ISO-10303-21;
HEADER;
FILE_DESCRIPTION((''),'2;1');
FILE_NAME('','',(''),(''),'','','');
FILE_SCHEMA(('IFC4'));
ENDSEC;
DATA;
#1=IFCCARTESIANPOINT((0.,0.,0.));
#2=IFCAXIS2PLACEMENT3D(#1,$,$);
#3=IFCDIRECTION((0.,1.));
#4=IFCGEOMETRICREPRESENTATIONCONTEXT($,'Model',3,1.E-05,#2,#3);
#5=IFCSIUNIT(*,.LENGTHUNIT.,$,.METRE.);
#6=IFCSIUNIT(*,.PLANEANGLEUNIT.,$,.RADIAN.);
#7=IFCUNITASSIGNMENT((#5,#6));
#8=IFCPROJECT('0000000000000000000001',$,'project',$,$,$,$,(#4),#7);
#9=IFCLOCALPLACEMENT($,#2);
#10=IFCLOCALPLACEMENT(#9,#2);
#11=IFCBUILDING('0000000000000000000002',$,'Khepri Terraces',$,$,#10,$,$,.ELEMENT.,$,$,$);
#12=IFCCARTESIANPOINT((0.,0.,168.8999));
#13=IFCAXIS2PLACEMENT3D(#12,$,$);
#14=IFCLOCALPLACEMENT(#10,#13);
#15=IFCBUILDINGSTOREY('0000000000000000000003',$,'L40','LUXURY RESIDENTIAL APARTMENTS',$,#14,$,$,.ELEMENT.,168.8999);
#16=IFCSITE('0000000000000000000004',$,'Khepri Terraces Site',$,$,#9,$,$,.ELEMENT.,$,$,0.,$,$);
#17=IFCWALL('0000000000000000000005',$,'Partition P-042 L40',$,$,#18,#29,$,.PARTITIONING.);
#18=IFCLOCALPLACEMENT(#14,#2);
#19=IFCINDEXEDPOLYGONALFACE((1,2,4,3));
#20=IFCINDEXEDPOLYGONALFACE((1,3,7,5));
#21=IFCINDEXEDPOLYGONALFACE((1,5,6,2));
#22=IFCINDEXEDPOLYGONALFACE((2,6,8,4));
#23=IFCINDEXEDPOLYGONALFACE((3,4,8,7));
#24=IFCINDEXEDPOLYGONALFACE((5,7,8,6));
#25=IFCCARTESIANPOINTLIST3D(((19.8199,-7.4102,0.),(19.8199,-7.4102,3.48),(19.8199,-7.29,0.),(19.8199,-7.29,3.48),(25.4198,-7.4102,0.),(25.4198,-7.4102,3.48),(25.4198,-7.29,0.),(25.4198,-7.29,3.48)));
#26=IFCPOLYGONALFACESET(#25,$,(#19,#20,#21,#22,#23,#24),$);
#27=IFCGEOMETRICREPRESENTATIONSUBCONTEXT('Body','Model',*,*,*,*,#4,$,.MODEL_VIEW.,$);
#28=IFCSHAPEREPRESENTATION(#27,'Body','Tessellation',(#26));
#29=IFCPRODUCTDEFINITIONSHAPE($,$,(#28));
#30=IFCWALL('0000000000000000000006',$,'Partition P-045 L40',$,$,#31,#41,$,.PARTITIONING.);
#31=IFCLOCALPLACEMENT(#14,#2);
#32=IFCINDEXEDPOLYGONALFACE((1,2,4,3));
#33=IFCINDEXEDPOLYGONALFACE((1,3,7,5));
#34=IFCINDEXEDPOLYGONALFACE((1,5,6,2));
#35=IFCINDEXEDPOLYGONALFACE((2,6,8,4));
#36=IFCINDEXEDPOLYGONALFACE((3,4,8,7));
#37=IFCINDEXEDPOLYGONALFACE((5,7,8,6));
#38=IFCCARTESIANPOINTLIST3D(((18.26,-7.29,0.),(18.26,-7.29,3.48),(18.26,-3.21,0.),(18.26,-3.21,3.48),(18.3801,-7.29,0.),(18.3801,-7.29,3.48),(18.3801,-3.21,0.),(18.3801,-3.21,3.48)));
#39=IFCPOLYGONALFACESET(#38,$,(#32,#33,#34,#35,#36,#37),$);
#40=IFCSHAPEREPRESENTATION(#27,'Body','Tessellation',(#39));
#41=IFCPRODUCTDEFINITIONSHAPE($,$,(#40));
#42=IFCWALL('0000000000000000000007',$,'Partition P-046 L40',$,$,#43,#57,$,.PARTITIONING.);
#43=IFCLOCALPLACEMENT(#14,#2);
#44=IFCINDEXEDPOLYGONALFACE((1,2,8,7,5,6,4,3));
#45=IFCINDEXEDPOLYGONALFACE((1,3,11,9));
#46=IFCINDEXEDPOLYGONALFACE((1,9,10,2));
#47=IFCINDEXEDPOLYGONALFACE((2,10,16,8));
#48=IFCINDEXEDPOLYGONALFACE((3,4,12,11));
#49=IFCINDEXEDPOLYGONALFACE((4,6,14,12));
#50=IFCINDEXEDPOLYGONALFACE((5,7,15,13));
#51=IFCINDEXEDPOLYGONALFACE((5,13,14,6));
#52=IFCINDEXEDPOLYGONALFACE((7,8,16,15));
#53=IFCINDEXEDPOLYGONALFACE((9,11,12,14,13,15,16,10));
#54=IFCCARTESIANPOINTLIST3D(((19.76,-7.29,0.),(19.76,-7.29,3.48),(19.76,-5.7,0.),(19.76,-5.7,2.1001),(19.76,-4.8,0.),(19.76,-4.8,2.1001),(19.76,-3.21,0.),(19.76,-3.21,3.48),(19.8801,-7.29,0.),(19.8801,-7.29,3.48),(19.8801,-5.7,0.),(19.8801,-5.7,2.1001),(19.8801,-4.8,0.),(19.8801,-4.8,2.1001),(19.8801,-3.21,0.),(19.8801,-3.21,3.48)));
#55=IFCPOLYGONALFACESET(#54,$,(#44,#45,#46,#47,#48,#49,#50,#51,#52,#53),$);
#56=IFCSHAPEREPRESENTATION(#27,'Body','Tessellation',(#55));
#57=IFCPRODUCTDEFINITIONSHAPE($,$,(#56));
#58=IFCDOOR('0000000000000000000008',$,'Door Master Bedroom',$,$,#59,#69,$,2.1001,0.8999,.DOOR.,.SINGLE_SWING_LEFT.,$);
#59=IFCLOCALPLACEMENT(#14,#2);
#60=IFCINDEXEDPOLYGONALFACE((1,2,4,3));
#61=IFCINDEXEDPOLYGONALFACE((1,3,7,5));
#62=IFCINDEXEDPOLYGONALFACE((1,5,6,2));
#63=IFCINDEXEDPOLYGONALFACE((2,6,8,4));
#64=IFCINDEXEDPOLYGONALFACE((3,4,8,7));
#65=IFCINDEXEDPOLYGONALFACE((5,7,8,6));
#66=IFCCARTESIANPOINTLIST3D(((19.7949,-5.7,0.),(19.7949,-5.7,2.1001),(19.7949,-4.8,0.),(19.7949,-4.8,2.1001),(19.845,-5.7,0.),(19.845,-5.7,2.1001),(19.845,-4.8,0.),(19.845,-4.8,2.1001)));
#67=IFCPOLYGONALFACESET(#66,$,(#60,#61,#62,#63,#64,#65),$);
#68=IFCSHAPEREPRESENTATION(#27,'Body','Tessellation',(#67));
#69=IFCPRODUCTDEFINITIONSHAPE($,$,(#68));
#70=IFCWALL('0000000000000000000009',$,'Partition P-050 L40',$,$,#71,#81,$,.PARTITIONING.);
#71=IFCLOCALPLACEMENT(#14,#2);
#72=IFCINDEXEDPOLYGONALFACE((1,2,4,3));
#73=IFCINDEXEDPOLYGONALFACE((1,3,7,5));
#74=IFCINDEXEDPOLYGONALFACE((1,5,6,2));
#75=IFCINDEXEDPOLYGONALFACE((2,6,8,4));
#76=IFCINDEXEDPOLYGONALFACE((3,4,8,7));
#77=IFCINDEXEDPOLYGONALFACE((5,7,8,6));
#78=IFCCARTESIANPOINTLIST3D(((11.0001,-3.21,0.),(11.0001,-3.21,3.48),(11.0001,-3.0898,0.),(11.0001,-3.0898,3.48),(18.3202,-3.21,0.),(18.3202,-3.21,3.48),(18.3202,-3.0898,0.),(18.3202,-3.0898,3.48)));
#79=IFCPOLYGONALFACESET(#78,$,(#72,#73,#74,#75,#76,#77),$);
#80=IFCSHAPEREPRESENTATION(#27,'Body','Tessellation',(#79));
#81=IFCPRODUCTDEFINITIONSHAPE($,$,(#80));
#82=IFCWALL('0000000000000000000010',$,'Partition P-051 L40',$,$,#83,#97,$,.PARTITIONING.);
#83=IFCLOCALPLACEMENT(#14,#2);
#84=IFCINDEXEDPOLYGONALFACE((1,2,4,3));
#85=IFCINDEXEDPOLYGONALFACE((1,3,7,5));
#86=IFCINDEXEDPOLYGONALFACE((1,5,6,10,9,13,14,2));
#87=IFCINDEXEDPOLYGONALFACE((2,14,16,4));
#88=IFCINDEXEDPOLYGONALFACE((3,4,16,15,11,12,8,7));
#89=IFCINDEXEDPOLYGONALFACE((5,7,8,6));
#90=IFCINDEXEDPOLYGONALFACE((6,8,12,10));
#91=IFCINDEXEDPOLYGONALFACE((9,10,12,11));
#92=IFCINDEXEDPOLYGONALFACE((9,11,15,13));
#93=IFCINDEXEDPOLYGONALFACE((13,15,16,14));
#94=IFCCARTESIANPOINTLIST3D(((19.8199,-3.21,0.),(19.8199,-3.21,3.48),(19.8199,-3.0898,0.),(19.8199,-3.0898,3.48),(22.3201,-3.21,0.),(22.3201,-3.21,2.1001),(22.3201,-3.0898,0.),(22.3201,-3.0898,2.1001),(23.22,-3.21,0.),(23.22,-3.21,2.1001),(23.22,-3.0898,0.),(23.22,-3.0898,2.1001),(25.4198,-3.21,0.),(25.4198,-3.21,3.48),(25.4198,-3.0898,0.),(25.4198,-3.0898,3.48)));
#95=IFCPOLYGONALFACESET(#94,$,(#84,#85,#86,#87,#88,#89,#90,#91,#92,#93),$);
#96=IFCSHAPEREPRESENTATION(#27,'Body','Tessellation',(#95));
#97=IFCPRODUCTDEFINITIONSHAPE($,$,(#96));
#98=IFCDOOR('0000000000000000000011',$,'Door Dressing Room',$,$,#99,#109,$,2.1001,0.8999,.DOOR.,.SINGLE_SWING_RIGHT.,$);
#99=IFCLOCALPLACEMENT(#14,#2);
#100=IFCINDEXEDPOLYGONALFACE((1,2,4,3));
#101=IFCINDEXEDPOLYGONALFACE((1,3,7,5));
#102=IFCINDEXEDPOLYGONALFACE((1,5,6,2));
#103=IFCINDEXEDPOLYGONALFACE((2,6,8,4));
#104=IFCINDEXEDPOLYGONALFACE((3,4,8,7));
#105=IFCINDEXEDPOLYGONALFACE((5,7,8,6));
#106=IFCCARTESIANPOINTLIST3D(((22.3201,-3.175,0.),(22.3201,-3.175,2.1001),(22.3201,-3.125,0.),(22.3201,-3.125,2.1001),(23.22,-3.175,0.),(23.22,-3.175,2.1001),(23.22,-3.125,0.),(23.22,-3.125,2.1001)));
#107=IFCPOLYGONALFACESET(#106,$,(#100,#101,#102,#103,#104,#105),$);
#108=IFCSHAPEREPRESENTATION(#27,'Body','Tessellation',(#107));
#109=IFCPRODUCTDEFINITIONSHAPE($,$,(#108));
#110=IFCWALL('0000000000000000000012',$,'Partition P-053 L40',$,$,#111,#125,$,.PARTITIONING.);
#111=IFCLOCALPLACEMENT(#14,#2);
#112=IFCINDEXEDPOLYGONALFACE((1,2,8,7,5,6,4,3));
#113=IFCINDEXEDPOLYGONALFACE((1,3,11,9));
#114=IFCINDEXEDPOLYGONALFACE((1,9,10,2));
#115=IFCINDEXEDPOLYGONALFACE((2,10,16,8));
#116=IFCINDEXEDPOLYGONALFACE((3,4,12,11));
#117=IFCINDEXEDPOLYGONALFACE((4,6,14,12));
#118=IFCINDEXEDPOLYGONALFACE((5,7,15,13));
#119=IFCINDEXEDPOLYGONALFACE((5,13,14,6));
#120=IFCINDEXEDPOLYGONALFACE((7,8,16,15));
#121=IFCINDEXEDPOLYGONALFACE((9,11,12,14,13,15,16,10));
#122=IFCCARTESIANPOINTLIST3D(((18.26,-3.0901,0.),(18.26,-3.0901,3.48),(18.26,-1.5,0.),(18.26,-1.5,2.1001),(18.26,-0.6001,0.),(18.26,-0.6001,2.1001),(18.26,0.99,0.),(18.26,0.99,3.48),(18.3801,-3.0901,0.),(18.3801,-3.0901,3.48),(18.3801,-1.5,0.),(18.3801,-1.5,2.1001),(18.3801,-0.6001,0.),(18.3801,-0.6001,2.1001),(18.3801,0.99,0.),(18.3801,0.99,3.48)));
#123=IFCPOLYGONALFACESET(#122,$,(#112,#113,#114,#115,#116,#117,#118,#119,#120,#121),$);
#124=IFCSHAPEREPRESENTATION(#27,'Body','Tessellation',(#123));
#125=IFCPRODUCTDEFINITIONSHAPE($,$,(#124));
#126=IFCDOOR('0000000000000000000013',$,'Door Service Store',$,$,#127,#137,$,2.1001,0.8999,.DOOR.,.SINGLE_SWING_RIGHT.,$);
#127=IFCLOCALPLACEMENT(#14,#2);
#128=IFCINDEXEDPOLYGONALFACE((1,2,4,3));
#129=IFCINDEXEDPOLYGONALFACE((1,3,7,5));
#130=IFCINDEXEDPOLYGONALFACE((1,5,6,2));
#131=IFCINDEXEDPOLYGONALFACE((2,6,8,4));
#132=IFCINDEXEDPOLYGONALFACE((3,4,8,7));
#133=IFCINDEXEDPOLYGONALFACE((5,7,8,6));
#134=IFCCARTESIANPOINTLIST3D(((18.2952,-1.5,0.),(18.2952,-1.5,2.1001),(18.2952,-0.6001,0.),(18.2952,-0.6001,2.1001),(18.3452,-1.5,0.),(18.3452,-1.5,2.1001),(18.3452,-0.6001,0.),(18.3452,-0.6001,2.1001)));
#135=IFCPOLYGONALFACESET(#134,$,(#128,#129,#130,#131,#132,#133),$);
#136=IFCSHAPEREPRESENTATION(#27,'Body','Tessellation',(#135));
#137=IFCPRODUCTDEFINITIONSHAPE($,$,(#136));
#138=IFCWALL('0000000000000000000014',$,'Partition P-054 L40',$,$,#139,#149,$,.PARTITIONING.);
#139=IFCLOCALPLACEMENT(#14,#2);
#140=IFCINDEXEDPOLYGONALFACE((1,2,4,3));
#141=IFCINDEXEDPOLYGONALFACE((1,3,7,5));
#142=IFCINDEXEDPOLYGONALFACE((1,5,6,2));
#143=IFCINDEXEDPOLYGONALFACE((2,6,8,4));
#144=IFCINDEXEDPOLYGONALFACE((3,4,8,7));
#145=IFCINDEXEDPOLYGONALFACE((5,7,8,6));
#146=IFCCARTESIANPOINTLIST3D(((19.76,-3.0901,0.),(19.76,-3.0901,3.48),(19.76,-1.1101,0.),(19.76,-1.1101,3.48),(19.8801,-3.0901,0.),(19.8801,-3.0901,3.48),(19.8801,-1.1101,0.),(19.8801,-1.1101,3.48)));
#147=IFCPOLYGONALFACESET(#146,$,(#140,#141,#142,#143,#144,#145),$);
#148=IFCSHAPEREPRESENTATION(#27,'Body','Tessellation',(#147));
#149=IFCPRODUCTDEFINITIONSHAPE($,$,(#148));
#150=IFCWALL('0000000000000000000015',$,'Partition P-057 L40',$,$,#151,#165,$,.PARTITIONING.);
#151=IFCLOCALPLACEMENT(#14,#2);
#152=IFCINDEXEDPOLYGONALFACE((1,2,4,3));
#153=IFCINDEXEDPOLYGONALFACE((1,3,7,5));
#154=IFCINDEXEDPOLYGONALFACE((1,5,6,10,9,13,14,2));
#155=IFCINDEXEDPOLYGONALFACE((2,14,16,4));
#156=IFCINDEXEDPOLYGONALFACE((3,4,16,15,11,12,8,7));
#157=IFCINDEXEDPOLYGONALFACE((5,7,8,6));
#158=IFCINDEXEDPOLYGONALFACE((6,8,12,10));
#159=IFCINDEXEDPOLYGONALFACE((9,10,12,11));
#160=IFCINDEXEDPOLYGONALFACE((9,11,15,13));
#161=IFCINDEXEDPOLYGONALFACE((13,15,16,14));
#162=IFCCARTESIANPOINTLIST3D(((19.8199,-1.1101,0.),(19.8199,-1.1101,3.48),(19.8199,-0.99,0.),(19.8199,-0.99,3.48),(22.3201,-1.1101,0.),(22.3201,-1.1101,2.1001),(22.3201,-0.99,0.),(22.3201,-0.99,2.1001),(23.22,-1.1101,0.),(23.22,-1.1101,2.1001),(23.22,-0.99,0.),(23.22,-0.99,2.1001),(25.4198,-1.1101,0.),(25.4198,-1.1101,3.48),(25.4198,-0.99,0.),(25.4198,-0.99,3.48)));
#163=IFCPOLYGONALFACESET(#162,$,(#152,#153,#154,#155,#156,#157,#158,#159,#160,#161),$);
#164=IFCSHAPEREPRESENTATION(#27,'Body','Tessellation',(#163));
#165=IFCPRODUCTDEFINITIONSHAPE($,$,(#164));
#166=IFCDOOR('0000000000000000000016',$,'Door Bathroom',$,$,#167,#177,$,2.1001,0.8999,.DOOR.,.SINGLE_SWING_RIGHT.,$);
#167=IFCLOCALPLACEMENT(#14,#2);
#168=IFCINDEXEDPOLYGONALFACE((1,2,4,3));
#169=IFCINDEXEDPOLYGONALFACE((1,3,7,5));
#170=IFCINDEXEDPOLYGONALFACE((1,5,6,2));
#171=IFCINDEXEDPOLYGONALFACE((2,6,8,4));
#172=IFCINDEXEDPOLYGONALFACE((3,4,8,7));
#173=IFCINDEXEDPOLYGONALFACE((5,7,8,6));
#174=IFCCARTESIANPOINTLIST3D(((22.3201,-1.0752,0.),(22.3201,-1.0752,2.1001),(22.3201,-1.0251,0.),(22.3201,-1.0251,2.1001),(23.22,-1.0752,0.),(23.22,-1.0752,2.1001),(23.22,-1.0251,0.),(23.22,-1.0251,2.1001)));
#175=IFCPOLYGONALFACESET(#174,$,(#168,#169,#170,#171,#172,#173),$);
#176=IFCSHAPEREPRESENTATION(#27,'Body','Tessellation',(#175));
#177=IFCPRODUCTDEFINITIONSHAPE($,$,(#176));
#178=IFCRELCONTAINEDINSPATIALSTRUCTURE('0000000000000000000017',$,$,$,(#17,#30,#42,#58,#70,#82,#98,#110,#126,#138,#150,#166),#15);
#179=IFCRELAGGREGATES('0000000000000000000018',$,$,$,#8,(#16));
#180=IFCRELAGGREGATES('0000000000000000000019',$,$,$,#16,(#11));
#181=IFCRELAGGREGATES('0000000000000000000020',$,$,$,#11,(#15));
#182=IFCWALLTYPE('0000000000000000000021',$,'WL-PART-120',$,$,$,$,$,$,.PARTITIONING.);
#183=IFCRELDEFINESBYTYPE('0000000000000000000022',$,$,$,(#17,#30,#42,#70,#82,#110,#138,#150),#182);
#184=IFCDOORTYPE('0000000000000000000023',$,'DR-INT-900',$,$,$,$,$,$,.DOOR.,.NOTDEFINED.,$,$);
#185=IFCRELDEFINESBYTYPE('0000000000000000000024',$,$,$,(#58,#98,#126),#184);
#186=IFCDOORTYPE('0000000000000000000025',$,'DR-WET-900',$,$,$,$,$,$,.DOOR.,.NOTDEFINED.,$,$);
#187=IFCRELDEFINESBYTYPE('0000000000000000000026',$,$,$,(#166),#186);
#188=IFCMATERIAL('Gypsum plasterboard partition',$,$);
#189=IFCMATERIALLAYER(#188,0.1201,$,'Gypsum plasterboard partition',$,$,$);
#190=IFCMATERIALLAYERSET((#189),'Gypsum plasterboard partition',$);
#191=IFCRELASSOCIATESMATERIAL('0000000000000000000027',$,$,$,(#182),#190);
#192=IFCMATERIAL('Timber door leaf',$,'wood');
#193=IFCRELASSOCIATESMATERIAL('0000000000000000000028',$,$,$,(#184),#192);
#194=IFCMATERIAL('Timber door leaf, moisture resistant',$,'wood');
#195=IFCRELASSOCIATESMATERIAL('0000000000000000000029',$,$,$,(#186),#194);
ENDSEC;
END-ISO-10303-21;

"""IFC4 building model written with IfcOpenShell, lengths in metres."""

from ifc_helpers import new_model, si_unit, direction, frame, frame_2d, origin, place, context, subcontext, project, spatial, rectangle, extrude, material, layer, layer_set, type_object, element, fill, save


model = new_model("IFC4")

# Units and contexts
model_context = context("Model", 3, precision=1e-05, world=origin(), true_north=direction((0.0, 1.0)))
body_context = subcontext(model_context, "Body", "Model", "MODEL_VIEW")
ifc_project = project(units=[si_unit("LENGTHUNIT", "METRE"), si_unit("PLANEANGLEUNIT", "RADIAN")], contexts=[model_context])

# Site, building, storey
site_placement = place(None, origin())
site = spatial("IfcSite", under=ifc_project, at=site_placement, Name="Khepri Terraces Site", CompositionType="ELEMENT", RefElevation=0.0)
building_placement = place(site_placement, origin())
building = spatial("IfcBuilding", under=site, at=building_placement, Name="Khepri Terraces", CompositionType="ELEMENT")
storey_placement = place(building_placement, frame((0.0, 0.0, 168.8999)))
storey = spatial("IfcBuildingStorey", under=building, at=storey_placement, Name="L40", Description="LUXURY RESIDENTIAL APARTMENTS", CompositionType="ELEMENT", Elevation=168.8999)

# Shared definitions
ifc_material_1 = material(Name="Gypsum plasterboard partition")
ifc_layer_1 = layer(ifc_material_1, 0.1201, Name="Gypsum plasterboard partition")
ifc_layer_set_1 = layer_set([ifc_layer_1], Name="Gypsum plasterboard partition")
wall_type_1 = type_object("IfcWallType", Name="WL-PART-120", PredefinedType="PARTITIONING", material=ifc_layer_set_1)
ifc_material_2 = material(Name="Timber door leaf", Category="wood")
door_type_1 = type_object("IfcDoorType", Name="DR-INT-900", OperationType="NOTDEFINED", PredefinedType="DOOR", material=ifc_material_2)

# Walls
wall_1_placement = place(storey_placement, frame((19.8201, -7.3501, 0.0), z_axis=(0.0, 0.0, 1.0), x_axis=(1.0, 0.0, 0.0)))
element("IfcWall", 1, at=wall_1_placement, inside=storey, type_object=wall_type_1, Name="Partition P-042 L40", PredefinedType="PARTITIONING", context=body_context, shape_type="SweptSolid", body=[
    extrude(rectangle(XDim=5.5999, YDim=0.1201, at=frame_2d((2.7998, 0.0))), origin(), (0.0, 0.0, 1.0), 3.48),
])
wall_2_placement = place(storey_placement, frame((18.3201, -7.29, 0.0), z_axis=(0.0, 0.0, 1.0), x_axis=(0.0, 1.0, 0.0)))
element("IfcWall", 2, at=wall_2_placement, inside=storey, type_object=wall_type_1, Name="Partition P-045 L40", PredefinedType="PARTITIONING", context=body_context, shape_type="SweptSolid", body=[
    extrude(rectangle(XDim=4.0801, YDim=0.1201, at=frame_2d((2.04, 0.0))), origin(), (0.0, 0.0, 1.0), 3.48),
])

# Wall, opening, door
wall_3_placement = place(storey_placement, frame((19.8201, -7.29, 0.0), z_axis=(0.0, 0.0, 1.0), x_axis=(0.0, 1.0, 0.0)))
wall_3 = element("IfcWall", 3, at=wall_3_placement, inside=storey, type_object=wall_type_1, Name="Partition P-046 L40", PredefinedType="PARTITIONING", context=body_context, shape_type="SweptSolid", body=[
    extrude(rectangle(XDim=4.0801, YDim=0.1201, at=frame_2d((2.04, 0.0))), origin(), (0.0, 0.0, 1.0), 3.48),
])
opening_1_placement = place(wall_3_placement, frame((1.5901, 0.0, 0.0)))
opening_1 = element("IfcOpeningElement", 4, at=opening_1_placement, cuts=wall_3, PredefinedType="OPENING", context=body_context, shape_type="SweptSolid", body=[
    extrude(rectangle(XDim=0.8999, YDim=2.1001, at=frame_2d((0.45, 1.05))), frame((0.0, 0.0701, 0.0), z_axis=(0.0, -1.0, 0.0), x_axis=(1.0, 0.0, 0.0)), (0.0, 0.0, 1.0), 0.1401),
])
door_1_placement = place(opening_1_placement, frame((0.8999, 0.0, 0.0), z_axis=(0.0, 0.0, 1.0), x_axis=(-1.0, 0.0, 0.0)))
door_1 = element("IfcDoor", 5, at=door_1_placement, inside=storey, type_object=door_type_1, Name="Door Master Bedroom", OperationType="SINGLE_SWING_LEFT", OverallHeight=2.1001, OverallWidth=0.8999, PredefinedType="DOOR", context=body_context, shape_type="SweptSolid", body=[
    extrude(rectangle(XDim=0.8999, YDim=2.1001, at=frame_2d((0.45, 1.05))), frame((0.0, 0.0249, 0.0), z_axis=(0.0, -1.0, 0.0), x_axis=(1.0, 0.0, 0.0)), (0.0, 0.0, 1.0), 0.05),
])
fill(opening_1, door_1)

# Wall
wall_4_placement = place(storey_placement, frame((11.0, -3.1499, 0.0), z_axis=(0.0, 0.0, 1.0), x_axis=(1.0, 0.0, 0.0)))
element("IfcWall", 6, at=wall_4_placement, inside=storey, type_object=wall_type_1, Name="Partition P-050 L40", PredefinedType="PARTITIONING", context=body_context, shape_type="SweptSolid", body=[
    extrude(rectangle(XDim=7.3201, YDim=0.1201, at=frame_2d((3.6602, 0.0))), origin(), (0.0, 0.0, 1.0), 3.48),
])

# Walls, openings, doors
wall_5_placement = place(storey_placement, frame((19.8201, -3.1499, 0.0), z_axis=(0.0, 0.0, 1.0), x_axis=(1.0, 0.0, 0.0)))
wall_5 = element("IfcWall", 7, at=wall_5_placement, inside=storey, type_object=wall_type_1, Name="Partition P-051 L40", PredefinedType="PARTITIONING", context=body_context, shape_type="SweptSolid", body=[
    extrude(rectangle(XDim=5.5999, YDim=0.1201, at=frame_2d((2.7998, 0.0))), origin(), (0.0, 0.0, 1.0), 3.48),
])
opening_2_placement = place(wall_5_placement, frame((2.5, 0.0, 0.0)))
opening_2 = element("IfcOpeningElement", 8, at=opening_2_placement, cuts=wall_5, PredefinedType="OPENING", context=body_context, shape_type="SweptSolid", body=[
    extrude(rectangle(XDim=0.8999, YDim=2.1001, at=frame_2d((0.45, 1.05))), frame((0.0, 0.0701, 0.0), z_axis=(0.0, -1.0, 0.0), x_axis=(1.0, 0.0, 0.0)), (0.0, 0.0, 1.0), 0.1401),
])
door_2_placement = place(opening_2_placement, origin())
door_2 = element("IfcDoor", 9, at=door_2_placement, inside=storey, type_object=door_type_1, Name="Door Dressing Room", OperationType="SINGLE_SWING_RIGHT", OverallHeight=2.1001, OverallWidth=0.8999, PredefinedType="DOOR", context=body_context, shape_type="SweptSolid", body=[
    extrude(rectangle(XDim=0.8999, YDim=2.1001, at=frame_2d((0.45, 1.05))), frame((0.0, 0.0249, 0.0), z_axis=(0.0, -1.0, 0.0), x_axis=(1.0, 0.0, 0.0)), (0.0, 0.0, 1.0), 0.05),
])
fill(opening_2, door_2)
wall_6_placement = place(storey_placement, frame((18.3201, -3.0901, 0.0), z_axis=(0.0, 0.0, 1.0), x_axis=(0.0, 1.0, 0.0)))
wall_6 = element("IfcWall", 10, at=wall_6_placement, inside=storey, type_object=wall_type_1, Name="Partition P-053 L40", PredefinedType="PARTITIONING", context=body_context, shape_type="SweptSolid", body=[
    extrude(rectangle(XDim=4.0801, YDim=0.1201, at=frame_2d((2.04, 0.0))), origin(), (0.0, 0.0, 1.0), 3.48),
])
opening_3_placement = place(wall_6_placement, frame((1.5901, 0.0, 0.0)))
opening_3 = element("IfcOpeningElement", 11, at=opening_3_placement, cuts=wall_6, PredefinedType="OPENING", context=body_context, shape_type="SweptSolid", body=[
    extrude(rectangle(XDim=0.8999, YDim=2.1001, at=frame_2d((0.45, 1.05))), frame((0.0, 0.0701, 0.0), z_axis=(0.0, -1.0, 0.0), x_axis=(1.0, 0.0, 0.0)), (0.0, 0.0, 1.0), 0.1401),
])
door_3_placement = place(opening_3_placement, origin())
door_3 = element("IfcDoor", 12, at=door_3_placement, inside=storey, type_object=door_type_1, Name="Door Service Store", OperationType="SINGLE_SWING_RIGHT", OverallHeight=2.1001, OverallWidth=0.8999, PredefinedType="DOOR", context=body_context, shape_type="SweptSolid", body=[
    extrude(rectangle(XDim=0.8999, YDim=2.1001, at=frame_2d((0.45, 1.05))), frame((0.0, 0.0249, 0.0), z_axis=(0.0, -1.0, 0.0), x_axis=(1.0, 0.0, 0.0)), (0.0, 0.0, 1.0), 0.05),
])
fill(opening_3, door_3)

# Wall
wall_7_placement = place(storey_placement, frame((19.8201, -3.0901, 0.0), z_axis=(0.0, 0.0, 1.0), x_axis=(0.0, 1.0, 0.0)))
element("IfcWall", 13, at=wall_7_placement, inside=storey, type_object=wall_type_1, Name="Partition P-054 L40", PredefinedType="PARTITIONING", context=body_context, shape_type="SweptSolid", body=[
    extrude(rectangle(XDim=1.98, YDim=0.1201, at=frame_2d((0.99, 0.0))), origin(), (0.0, 0.0, 1.0), 3.48),
])

# Wall, opening, door
wall_8_placement = place(storey_placement, frame((19.8201, -1.05, 0.0), z_axis=(0.0, 0.0, 1.0), x_axis=(1.0, 0.0, 0.0)))
wall_8 = element("IfcWall", 14, at=wall_8_placement, inside=storey, type_object=wall_type_1, Name="Partition P-057 L40", PredefinedType="PARTITIONING", context=body_context, shape_type="SweptSolid", body=[
    extrude(rectangle(XDim=5.5999, YDim=0.1201, at=frame_2d((2.7998, 0.0))), origin(), (0.0, 0.0, 1.0), 3.48),
])
opening_4_placement = place(wall_8_placement, frame((2.5, 0.0, 0.0)))
opening_4 = element("IfcOpeningElement", 15, at=opening_4_placement, cuts=wall_8, PredefinedType="OPENING", context=body_context, shape_type="SweptSolid", body=[
    extrude(rectangle(XDim=0.8999, YDim=2.1001, at=frame_2d((0.45, 1.05))), frame((0.0, 0.0701, 0.0), z_axis=(0.0, -1.0, 0.0), x_axis=(1.0, 0.0, 0.0)), (0.0, 0.0, 1.0), 0.1401),
])
ifc_material_3 = material(Name="Timber door leaf, moisture resistant", Category="wood")
door_type_2 = type_object("IfcDoorType", Name="DR-WET-900", OperationType="NOTDEFINED", PredefinedType="DOOR", material=ifc_material_3)
door_4_placement = place(opening_4_placement, origin())
door_4 = element("IfcDoor", 16, at=door_4_placement, inside=storey, type_object=door_type_2, Name="Door Bathroom", OperationType="SINGLE_SWING_RIGHT", OverallHeight=2.1001, OverallWidth=0.8999, PredefinedType="DOOR", context=body_context, shape_type="SweptSolid", body=[
    extrude(rectangle(XDim=0.8999, YDim=2.1001, at=frame_2d((0.45, 1.05))), frame((0.0, 0.0249, 0.0), z_axis=(0.0, -1.0, 0.0), x_axis=(1.0, 0.0, 0.0)), (0.0, 0.0, 1.0), 0.05),
])
fill(opening_4, door_4)

save(model, "model.ifc")
